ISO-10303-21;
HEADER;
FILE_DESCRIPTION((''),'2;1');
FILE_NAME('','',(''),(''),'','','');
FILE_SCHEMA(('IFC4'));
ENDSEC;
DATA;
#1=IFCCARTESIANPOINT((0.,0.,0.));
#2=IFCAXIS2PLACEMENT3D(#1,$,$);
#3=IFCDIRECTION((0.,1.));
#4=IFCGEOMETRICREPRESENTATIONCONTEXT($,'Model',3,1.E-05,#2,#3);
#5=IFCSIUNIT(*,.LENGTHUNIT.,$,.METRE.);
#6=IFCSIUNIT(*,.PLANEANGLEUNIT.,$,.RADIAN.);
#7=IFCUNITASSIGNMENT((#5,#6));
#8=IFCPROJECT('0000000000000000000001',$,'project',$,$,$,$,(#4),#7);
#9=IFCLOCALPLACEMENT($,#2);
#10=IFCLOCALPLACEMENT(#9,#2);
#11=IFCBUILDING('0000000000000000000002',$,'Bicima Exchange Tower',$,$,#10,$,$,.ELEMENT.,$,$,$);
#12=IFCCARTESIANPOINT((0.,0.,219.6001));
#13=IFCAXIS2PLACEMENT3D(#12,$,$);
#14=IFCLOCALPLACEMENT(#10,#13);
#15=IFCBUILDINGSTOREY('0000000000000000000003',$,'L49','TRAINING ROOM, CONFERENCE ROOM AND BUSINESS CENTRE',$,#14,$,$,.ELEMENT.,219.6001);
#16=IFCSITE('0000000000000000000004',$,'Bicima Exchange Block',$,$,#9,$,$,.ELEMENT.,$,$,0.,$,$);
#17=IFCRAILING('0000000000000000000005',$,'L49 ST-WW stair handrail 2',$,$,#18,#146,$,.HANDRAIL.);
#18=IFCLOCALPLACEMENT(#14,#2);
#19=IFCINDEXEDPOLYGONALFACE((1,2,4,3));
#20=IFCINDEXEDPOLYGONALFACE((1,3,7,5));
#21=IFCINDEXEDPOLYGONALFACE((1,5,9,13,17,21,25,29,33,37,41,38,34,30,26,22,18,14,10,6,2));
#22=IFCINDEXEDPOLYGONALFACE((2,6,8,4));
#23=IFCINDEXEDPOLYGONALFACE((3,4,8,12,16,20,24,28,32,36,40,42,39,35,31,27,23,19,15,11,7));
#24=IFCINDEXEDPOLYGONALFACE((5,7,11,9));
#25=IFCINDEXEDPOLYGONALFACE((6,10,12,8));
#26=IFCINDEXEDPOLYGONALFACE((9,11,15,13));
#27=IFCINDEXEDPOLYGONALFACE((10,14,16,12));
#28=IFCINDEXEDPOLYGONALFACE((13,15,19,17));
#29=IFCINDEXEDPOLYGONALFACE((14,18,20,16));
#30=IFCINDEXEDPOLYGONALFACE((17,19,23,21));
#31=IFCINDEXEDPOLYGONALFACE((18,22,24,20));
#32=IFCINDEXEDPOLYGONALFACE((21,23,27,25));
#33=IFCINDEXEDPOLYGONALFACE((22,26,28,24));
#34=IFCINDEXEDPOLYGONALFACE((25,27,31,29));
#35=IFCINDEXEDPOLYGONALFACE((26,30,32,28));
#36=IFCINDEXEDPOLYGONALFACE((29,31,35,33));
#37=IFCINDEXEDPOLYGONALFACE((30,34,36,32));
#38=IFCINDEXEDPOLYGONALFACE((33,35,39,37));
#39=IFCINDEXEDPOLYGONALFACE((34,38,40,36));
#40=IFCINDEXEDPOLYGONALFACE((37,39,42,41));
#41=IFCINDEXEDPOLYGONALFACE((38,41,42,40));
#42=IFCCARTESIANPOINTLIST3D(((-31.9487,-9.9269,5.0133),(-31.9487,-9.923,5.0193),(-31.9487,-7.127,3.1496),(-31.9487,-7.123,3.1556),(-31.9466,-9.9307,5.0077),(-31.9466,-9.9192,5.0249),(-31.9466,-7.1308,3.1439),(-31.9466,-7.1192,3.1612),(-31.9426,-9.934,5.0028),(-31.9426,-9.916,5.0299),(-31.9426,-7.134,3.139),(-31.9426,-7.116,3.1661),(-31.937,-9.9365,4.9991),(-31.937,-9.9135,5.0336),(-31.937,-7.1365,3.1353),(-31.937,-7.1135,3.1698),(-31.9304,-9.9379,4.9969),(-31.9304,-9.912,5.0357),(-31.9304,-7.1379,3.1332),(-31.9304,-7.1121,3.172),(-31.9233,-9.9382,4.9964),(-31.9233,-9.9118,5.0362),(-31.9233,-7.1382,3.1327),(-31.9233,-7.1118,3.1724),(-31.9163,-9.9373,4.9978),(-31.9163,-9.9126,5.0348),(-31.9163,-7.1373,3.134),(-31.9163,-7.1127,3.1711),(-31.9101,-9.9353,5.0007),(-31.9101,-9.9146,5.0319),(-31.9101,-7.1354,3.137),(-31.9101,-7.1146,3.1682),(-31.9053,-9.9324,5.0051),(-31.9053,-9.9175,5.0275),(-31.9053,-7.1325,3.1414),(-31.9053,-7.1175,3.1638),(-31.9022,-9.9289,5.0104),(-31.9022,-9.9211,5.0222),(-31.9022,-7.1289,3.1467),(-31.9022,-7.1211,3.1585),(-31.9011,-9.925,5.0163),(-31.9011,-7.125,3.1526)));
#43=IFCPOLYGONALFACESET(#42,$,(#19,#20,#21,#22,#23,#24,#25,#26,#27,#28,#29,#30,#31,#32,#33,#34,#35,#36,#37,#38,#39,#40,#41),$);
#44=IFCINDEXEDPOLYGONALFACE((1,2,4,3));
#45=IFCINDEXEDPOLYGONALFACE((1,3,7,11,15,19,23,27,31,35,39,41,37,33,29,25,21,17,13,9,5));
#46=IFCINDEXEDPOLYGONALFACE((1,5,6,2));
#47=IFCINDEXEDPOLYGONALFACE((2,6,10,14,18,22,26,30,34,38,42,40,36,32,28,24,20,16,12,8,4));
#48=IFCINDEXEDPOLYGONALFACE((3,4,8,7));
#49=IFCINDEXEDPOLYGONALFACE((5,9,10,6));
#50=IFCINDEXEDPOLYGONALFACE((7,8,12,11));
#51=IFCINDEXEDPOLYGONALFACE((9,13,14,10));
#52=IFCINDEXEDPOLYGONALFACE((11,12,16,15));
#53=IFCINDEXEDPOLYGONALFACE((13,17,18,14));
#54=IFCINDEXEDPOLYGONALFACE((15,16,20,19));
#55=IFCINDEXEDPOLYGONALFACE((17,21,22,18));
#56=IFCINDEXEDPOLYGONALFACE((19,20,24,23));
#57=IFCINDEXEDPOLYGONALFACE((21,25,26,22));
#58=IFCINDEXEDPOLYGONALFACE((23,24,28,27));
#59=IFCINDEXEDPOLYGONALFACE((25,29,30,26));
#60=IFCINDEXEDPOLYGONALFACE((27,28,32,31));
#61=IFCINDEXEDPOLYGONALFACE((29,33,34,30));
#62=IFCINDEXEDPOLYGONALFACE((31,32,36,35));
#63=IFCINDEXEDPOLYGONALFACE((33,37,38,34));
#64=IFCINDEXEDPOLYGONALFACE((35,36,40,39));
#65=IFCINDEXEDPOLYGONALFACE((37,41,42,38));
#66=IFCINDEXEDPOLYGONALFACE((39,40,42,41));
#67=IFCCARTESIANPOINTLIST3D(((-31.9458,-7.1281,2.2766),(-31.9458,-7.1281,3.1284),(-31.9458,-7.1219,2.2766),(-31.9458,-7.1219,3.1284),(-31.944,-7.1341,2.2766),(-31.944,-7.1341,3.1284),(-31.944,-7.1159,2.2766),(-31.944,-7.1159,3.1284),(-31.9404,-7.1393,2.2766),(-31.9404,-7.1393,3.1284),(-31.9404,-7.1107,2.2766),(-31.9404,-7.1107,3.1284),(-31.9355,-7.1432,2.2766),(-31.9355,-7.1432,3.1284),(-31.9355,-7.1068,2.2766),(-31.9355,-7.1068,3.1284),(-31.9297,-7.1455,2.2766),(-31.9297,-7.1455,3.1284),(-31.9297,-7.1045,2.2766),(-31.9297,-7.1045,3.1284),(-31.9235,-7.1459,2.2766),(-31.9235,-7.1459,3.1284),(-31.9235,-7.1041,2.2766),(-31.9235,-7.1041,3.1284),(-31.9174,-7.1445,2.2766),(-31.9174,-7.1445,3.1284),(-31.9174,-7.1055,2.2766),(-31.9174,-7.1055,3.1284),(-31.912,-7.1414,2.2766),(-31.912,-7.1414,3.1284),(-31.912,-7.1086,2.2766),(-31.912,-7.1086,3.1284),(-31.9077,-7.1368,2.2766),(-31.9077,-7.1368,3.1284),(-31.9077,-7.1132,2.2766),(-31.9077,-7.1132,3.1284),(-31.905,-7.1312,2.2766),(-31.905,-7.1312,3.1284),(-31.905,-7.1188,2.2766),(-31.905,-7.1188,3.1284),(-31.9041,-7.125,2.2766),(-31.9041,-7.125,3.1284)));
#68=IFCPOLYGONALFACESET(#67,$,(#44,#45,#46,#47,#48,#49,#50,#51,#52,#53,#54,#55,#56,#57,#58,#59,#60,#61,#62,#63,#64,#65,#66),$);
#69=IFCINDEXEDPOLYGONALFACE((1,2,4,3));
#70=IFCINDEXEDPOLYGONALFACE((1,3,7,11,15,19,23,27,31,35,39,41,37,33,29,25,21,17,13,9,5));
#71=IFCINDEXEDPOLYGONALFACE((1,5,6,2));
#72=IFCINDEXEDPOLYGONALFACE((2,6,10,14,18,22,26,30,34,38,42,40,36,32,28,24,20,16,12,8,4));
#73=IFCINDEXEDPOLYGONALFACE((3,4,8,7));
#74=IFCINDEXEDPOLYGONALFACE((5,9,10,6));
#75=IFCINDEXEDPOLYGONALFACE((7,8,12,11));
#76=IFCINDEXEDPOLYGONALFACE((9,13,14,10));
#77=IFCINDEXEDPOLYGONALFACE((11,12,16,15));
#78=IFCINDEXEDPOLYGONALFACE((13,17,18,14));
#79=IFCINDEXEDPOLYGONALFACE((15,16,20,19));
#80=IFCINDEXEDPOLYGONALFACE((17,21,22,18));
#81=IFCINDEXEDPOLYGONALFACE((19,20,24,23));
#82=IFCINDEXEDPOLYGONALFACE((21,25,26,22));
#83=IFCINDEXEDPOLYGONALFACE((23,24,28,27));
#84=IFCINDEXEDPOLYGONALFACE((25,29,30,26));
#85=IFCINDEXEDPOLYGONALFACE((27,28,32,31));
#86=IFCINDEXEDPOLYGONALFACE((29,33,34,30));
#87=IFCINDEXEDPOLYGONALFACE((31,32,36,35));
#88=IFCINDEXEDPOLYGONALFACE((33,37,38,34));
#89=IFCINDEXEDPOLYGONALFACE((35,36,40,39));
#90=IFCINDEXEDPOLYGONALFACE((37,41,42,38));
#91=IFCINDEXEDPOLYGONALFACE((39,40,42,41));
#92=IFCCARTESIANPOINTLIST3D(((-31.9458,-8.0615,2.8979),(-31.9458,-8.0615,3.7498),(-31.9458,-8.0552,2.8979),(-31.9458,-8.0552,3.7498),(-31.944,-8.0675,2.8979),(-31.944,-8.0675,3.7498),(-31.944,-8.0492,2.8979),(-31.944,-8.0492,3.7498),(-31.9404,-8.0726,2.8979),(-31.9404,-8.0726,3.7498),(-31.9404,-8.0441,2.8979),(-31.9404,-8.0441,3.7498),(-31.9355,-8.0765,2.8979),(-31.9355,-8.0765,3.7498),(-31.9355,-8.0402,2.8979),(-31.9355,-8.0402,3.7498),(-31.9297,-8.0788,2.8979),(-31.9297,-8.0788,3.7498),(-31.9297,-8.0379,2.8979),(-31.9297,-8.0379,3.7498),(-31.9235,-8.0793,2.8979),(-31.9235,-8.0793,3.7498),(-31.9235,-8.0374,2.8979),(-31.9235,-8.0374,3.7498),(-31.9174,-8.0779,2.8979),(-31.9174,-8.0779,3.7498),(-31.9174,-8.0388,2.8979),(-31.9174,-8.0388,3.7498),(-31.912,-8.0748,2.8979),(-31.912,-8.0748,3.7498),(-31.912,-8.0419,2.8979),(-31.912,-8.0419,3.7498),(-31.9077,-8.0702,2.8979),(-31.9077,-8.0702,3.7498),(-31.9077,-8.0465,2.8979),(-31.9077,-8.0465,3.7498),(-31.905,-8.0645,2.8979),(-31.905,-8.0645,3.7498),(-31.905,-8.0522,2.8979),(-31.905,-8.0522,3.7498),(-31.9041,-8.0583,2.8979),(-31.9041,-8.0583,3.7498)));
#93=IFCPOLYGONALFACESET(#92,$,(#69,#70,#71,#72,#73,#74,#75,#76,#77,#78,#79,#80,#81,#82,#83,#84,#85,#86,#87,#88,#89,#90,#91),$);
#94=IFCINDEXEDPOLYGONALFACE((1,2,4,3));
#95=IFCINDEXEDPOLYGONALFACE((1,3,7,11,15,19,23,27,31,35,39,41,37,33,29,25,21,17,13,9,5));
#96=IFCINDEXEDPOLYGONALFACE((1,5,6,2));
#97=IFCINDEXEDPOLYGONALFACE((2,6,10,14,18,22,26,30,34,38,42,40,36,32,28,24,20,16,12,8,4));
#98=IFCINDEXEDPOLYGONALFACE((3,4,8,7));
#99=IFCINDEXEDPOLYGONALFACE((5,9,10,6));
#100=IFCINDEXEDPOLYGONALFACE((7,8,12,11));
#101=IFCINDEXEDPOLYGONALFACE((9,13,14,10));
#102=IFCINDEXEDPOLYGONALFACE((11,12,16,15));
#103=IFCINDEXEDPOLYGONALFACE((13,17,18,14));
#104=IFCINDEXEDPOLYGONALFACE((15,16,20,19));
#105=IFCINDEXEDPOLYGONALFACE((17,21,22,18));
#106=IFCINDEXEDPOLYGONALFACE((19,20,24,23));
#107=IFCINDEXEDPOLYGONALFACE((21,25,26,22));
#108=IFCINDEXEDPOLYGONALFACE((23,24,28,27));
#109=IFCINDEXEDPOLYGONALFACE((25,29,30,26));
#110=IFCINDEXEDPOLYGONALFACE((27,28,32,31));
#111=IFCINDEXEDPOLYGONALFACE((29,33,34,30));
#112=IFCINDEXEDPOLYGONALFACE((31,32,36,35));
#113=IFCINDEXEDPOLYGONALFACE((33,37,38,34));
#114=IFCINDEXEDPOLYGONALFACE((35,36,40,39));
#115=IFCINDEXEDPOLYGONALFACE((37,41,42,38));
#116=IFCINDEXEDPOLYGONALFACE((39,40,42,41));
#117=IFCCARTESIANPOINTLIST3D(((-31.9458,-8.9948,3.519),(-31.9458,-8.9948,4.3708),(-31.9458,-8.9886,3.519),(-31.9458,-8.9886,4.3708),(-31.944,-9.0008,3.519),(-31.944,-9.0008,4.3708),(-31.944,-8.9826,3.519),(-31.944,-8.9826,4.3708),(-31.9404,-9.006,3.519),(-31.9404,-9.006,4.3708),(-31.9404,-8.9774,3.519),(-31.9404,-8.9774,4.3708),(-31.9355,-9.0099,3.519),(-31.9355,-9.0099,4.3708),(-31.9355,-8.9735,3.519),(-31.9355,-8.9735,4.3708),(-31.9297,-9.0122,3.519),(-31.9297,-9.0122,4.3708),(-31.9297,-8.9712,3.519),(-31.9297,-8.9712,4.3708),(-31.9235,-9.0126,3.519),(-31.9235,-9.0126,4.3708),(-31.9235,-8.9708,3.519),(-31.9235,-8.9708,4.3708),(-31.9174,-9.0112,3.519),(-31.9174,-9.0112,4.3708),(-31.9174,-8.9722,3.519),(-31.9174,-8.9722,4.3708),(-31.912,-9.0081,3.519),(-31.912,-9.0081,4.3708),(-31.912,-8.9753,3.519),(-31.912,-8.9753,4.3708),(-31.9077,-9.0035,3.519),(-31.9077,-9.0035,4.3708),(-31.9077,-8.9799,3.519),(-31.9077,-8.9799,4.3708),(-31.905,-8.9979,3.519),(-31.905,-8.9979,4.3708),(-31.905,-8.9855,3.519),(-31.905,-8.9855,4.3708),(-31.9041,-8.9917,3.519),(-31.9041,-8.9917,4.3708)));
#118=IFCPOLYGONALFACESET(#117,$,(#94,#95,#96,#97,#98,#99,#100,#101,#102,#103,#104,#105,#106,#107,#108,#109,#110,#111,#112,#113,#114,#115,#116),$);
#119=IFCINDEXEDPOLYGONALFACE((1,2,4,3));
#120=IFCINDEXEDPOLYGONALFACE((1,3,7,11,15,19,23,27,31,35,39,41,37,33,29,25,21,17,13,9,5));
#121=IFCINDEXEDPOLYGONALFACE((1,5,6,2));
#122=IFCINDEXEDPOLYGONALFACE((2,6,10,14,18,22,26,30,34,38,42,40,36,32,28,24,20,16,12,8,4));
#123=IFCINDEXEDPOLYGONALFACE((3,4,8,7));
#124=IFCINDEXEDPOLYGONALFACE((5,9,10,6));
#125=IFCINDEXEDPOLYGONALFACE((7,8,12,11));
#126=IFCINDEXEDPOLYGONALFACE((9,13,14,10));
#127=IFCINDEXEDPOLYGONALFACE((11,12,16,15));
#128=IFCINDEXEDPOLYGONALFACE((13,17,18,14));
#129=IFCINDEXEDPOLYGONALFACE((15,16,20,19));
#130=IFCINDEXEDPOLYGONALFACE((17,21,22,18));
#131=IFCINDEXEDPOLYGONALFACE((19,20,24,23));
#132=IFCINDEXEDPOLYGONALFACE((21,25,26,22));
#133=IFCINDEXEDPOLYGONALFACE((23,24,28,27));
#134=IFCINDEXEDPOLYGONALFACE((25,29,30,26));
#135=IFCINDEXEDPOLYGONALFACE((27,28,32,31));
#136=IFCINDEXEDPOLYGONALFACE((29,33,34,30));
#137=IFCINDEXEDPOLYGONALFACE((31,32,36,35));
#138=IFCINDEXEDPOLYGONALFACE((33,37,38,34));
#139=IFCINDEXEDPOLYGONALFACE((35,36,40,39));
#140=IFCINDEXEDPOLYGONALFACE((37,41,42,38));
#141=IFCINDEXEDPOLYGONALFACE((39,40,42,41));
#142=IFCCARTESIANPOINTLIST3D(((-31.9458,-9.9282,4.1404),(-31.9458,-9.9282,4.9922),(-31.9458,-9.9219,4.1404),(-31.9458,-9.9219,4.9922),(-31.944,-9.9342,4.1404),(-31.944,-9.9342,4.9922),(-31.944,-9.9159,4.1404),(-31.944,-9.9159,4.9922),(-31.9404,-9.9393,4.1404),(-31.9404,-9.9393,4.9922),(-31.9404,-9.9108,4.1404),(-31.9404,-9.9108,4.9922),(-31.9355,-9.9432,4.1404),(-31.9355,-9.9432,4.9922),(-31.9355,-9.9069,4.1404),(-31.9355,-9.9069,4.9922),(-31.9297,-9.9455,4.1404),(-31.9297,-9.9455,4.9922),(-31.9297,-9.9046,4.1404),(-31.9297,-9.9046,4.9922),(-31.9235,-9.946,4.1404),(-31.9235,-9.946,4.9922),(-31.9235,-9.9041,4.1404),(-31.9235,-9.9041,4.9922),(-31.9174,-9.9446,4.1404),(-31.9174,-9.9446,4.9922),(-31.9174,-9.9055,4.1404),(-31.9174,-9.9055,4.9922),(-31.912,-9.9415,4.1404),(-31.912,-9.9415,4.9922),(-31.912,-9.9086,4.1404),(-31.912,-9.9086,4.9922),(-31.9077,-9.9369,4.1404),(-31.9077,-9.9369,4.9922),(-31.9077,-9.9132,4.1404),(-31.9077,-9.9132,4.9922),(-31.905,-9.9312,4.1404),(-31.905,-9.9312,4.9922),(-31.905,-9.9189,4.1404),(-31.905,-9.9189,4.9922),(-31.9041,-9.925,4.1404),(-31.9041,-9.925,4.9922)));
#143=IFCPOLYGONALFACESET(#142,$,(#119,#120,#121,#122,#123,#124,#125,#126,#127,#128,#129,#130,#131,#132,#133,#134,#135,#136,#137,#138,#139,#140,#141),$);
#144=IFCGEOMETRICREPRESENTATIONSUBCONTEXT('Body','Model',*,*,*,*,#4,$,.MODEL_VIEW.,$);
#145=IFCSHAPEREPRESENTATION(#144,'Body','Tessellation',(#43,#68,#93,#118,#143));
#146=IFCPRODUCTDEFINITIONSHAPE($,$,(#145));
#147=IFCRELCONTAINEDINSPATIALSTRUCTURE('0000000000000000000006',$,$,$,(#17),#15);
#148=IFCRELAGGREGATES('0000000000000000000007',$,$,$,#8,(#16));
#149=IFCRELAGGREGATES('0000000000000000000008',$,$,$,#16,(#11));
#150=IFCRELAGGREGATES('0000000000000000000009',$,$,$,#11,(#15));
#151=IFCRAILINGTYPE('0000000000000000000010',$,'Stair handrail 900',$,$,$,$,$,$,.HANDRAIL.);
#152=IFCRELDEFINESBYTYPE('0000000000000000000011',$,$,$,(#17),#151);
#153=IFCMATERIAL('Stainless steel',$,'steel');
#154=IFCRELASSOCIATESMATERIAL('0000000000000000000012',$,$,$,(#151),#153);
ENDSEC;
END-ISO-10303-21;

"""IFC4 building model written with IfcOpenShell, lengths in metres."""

from ifc_helpers import new_model, si_unit, direction, frame, origin, origin_2d, place, context, subcontext, project, spatial, circle, extrude, material, type_object, element, save


model = new_model("IFC4")

# Units and contexts
model_context = context("Model", 3, precision=1e-05, world=origin(), true_north=direction((0.0, 1.0)))
body_context = subcontext(model_context, "Body", "Model", "MODEL_VIEW")
ifc_project = project(units=[si_unit("LENGTHUNIT", "METRE"), si_unit("PLANEANGLEUNIT", "RADIAN")], contexts=[model_context])

# Site, building, storey
site_placement = place(None, origin())
site = spatial("IfcSite", under=ifc_project, at=site_placement, Name="Bicima Exchange Block", CompositionType="ELEMENT", RefElevation=0.0)
building_placement = place(site_placement, origin())
building = spatial("IfcBuilding", under=site, at=building_placement, Name="Bicima Exchange Tower", CompositionType="ELEMENT")
storey_placement = place(building_placement, frame((0.0, 0.0, 219.6001)))
storey = spatial("IfcBuildingStorey", under=building, at=storey_placement, Name="L49", Description="TRAINING ROOM, CONFERENCE ROOM AND BUSINESS CENTRE", CompositionType="ELEMENT", Elevation=219.6001)

# Railing
ifc_material_1 = material(Name="Stainless steel", Category="steel")
railing_type_1 = type_object("IfcRailingType", Name="Stair handrail 900", PredefinedType="HANDRAIL", material=ifc_material_1)
railing_1_placement = place(storey_placement, frame((-31.925, -7.125, 2.2766)))
element("IfcRailing", 1, at=railing_1_placement, inside=storey, type_object=railing_type_1, Name="L49 ST-WW stair handrail 2", PredefinedType="HANDRAIL", context=body_context, shape_type="SweptSolid", body=[
    extrude(circle(Radius=0.0239, at=origin_2d()), frame((0.0, 0.0, 0.876), z_axis=(0.0, -0.832452, 0.554097), x_axis=(1.0, 0.0, 0.0)), (0.0, 0.0, 1.0), 3.3635),
    extrude(circle(Radius=0.021, at=origin_2d()), origin(), (0.0, 0.0, 1.0), 0.8518),
    extrude(circle(Radius=0.021, at=origin_2d()), frame((0.0, -0.9333, 0.6213)), (0.0, 0.0, 1.0), 0.8518),
    extrude(circle(Radius=0.021, at=origin_2d()), frame((0.0, -1.8667, 1.2424)), (0.0, 0.0, 1.0), 0.8518),
    extrude(circle(Radius=0.021, at=origin_2d()), frame((0.0, -2.8, 1.8638)), (0.0, 0.0, 1.0), 0.8518),
])

save(model, "model.ifc")
